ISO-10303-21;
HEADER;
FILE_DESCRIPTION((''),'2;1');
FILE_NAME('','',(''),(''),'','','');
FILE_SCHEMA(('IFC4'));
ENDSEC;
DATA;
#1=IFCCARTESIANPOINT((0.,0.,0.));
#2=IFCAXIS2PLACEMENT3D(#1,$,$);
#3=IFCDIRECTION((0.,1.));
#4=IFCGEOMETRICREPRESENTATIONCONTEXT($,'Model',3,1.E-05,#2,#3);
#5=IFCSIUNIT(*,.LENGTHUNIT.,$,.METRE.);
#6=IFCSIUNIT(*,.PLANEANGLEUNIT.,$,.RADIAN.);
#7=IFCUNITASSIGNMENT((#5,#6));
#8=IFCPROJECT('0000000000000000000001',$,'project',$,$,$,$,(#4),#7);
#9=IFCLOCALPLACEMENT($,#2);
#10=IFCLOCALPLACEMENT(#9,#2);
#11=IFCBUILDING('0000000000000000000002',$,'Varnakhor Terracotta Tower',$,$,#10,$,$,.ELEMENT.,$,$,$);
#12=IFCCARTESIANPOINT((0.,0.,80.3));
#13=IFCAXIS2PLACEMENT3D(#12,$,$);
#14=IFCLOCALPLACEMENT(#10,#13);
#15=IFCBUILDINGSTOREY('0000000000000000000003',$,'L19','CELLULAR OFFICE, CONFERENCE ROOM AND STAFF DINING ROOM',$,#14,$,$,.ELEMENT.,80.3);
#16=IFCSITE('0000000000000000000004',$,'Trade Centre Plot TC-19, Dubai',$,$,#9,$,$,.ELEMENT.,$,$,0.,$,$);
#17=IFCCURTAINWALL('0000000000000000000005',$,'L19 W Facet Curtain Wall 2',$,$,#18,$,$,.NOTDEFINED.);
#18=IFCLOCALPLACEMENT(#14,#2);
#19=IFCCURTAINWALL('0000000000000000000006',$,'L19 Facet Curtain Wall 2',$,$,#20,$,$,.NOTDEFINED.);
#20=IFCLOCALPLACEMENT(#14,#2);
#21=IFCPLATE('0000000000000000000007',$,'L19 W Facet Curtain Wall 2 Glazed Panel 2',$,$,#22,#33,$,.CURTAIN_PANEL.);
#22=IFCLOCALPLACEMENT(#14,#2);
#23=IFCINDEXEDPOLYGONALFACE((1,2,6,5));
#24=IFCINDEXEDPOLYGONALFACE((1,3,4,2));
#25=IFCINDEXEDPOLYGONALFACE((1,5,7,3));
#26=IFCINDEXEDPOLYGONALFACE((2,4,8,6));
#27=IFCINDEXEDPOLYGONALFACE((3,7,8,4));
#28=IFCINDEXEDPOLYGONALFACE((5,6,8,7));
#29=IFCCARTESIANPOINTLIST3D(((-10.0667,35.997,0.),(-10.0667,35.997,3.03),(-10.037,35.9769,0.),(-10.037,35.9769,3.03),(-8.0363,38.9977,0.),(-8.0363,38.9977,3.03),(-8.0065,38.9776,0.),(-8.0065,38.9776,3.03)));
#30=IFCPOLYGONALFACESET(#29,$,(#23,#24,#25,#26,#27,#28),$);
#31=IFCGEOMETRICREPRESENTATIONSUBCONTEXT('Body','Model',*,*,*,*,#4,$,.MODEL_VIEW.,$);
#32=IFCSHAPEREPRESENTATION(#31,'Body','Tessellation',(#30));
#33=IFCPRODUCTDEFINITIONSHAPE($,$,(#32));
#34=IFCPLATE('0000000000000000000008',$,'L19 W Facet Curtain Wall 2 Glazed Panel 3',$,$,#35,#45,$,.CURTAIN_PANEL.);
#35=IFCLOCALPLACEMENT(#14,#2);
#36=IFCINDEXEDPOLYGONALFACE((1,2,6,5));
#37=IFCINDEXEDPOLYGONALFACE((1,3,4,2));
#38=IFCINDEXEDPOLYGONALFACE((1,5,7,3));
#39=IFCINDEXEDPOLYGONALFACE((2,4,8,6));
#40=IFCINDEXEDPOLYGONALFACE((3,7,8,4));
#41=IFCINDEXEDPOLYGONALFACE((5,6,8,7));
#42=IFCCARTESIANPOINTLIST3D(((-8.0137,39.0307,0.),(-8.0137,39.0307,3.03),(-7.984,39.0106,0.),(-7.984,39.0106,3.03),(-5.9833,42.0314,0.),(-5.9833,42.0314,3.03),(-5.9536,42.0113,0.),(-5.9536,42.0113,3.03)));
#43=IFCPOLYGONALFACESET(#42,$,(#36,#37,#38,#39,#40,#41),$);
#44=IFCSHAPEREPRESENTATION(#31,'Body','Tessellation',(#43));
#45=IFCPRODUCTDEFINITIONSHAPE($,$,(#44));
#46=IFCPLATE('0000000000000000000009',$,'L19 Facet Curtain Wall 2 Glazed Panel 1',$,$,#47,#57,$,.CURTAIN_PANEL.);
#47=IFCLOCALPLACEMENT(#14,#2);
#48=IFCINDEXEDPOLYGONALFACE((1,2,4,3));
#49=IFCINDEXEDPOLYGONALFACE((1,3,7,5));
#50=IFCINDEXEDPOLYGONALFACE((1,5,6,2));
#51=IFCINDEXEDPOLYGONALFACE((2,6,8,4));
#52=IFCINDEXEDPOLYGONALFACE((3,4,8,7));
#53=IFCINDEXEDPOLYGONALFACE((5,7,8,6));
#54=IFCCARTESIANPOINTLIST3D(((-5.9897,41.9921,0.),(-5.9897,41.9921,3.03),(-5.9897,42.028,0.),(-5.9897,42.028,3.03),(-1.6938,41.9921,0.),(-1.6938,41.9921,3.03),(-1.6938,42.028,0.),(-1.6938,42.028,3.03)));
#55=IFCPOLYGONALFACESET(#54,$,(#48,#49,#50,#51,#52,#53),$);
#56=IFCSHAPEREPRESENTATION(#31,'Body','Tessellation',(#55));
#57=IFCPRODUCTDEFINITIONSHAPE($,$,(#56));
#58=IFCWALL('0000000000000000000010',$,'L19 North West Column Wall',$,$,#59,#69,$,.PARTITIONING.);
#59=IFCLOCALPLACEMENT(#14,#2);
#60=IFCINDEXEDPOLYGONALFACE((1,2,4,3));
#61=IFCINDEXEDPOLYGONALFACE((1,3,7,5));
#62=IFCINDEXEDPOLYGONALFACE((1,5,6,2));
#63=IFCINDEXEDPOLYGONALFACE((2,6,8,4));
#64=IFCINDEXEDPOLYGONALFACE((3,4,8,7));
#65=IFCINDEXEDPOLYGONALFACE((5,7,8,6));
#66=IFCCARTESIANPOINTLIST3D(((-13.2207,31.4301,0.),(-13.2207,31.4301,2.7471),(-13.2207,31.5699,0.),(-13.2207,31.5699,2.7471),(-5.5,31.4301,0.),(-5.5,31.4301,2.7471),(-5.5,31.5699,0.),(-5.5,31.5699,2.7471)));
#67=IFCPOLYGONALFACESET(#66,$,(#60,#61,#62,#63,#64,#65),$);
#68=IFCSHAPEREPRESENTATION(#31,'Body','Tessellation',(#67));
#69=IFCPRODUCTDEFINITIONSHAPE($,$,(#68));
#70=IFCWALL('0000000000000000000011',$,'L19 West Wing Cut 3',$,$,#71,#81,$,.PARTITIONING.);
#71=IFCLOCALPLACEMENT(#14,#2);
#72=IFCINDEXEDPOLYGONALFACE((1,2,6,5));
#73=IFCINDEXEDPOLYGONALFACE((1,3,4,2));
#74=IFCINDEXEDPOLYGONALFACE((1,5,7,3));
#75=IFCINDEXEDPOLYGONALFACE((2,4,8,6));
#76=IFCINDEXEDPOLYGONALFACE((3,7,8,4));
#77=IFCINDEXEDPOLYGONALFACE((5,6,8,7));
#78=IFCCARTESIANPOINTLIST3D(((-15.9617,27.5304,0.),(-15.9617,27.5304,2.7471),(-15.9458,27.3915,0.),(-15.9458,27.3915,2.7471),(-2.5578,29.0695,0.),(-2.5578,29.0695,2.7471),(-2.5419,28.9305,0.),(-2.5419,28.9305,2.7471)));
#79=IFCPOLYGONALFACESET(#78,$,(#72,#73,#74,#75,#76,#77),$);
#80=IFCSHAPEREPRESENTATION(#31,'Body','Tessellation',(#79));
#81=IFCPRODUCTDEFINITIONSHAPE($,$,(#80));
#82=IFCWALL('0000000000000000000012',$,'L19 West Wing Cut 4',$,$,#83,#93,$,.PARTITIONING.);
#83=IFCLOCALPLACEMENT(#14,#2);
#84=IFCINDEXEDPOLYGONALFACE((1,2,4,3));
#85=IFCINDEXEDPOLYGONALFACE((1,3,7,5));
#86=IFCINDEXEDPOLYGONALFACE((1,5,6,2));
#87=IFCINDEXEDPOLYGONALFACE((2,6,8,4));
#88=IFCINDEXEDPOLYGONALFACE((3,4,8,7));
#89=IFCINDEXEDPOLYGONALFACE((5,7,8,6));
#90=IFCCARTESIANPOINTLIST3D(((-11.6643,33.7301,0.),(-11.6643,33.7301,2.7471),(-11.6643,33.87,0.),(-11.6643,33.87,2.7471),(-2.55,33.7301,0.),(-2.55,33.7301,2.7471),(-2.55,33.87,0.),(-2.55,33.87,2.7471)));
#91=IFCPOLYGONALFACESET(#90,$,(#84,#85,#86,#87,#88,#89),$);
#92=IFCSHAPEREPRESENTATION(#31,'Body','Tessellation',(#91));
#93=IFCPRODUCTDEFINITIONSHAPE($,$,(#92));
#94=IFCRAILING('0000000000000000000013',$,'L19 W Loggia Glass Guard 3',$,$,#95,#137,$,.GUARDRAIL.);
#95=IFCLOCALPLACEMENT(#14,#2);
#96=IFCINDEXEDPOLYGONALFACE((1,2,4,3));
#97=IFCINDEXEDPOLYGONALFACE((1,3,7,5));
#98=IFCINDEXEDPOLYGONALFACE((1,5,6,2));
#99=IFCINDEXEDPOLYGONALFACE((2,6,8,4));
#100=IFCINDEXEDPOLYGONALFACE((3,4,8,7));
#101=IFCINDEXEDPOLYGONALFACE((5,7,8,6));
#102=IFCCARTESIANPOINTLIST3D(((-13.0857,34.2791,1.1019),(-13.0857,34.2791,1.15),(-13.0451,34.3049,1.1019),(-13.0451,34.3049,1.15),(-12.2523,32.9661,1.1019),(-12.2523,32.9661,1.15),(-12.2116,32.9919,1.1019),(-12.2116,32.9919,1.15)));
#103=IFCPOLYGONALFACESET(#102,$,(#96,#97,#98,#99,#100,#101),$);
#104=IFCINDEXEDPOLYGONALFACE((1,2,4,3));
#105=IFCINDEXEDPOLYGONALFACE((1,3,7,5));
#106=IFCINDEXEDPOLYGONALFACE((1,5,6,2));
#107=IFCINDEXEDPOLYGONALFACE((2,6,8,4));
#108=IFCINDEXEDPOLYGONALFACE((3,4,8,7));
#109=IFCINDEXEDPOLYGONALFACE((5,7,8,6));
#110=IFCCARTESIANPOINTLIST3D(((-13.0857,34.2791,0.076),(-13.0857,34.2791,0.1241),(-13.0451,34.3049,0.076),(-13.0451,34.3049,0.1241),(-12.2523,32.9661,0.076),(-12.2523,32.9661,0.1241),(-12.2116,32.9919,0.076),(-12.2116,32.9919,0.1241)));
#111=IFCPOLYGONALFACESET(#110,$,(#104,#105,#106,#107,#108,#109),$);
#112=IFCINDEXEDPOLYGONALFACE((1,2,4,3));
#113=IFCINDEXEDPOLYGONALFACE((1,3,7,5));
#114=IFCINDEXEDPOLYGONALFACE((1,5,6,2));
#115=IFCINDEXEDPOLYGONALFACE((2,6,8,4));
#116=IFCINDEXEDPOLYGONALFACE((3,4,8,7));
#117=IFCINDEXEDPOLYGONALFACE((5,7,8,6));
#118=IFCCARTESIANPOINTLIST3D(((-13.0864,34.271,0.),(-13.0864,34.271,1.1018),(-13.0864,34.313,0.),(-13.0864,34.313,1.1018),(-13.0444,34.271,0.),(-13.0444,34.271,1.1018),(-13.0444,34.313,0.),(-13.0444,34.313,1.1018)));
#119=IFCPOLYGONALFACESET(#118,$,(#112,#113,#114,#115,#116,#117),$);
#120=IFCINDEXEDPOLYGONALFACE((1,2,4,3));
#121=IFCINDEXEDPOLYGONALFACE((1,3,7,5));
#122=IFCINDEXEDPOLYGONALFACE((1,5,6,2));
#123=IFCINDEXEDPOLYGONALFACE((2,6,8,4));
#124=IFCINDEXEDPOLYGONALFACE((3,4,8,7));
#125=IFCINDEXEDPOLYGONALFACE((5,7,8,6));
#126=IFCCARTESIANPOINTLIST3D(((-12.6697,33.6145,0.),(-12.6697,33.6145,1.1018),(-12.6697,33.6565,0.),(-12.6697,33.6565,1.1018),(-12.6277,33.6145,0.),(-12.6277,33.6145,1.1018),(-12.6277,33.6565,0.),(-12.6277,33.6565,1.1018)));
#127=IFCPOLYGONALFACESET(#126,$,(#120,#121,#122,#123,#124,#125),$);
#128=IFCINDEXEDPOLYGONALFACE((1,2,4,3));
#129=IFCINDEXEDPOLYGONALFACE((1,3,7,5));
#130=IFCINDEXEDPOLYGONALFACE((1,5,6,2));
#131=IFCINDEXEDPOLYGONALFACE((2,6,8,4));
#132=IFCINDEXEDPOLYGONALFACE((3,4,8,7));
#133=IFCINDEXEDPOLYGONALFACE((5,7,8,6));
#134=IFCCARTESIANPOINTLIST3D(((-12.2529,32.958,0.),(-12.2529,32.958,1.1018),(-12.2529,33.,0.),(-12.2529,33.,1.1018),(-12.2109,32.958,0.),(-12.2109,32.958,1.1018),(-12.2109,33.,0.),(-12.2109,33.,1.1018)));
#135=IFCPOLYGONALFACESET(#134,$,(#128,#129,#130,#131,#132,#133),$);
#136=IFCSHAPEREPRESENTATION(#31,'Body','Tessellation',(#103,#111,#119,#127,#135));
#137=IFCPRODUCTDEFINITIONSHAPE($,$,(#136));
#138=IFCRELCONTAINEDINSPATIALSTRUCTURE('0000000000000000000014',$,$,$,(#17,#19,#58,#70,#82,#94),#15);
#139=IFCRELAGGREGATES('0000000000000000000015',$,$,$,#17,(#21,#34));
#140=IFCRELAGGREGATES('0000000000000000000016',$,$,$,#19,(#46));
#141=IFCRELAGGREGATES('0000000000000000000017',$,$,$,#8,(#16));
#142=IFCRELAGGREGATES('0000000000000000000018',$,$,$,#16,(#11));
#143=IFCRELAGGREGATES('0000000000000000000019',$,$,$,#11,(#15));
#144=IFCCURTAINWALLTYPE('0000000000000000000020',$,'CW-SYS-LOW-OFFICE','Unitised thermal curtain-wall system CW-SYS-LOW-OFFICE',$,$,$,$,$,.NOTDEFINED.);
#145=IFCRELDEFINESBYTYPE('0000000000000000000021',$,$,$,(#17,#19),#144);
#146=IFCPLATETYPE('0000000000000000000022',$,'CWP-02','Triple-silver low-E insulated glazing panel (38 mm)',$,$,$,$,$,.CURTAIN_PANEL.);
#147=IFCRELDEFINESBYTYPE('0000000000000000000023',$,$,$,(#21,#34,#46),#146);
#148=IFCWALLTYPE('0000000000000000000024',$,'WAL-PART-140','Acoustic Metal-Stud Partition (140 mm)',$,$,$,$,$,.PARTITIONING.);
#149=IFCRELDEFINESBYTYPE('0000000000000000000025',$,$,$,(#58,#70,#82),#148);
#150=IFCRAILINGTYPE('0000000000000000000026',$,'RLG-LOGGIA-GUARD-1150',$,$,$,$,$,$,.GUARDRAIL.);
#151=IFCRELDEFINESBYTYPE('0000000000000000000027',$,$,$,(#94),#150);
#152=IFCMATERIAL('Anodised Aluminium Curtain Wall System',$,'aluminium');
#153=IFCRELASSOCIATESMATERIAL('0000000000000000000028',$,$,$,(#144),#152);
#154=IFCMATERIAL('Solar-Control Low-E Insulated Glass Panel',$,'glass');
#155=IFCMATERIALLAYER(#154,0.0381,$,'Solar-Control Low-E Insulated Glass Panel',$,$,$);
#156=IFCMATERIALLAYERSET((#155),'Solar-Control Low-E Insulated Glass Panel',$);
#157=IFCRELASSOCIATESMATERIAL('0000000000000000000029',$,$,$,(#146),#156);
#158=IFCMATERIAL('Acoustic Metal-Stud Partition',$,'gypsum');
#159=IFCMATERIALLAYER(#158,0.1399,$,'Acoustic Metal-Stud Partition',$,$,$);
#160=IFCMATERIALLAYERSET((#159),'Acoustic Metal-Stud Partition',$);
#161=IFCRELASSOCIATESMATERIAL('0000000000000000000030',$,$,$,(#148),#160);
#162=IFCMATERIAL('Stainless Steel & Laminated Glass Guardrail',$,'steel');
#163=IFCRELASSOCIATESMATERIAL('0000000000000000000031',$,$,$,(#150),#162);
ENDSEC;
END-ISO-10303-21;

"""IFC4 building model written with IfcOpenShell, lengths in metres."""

from ifc_helpers import new_model, si_unit, direction, frame, frame_2d, origin, origin_2d, place, context, subcontext, project, spatial, rectangle, extrude, source, transform, mapped, material, layer, layer_set, type_object, element, aggregate, save


model = new_model("IFC4")

# Units and contexts
model_context = context("Model", 3, precision=1e-05, world=origin(), true_north=direction((0.0, 1.0)))
body_context = subcontext(model_context, "Body", "Model", "MODEL_VIEW")
ifc_project = project(units=[si_unit("LENGTHUNIT", "METRE"), si_unit("PLANEANGLEUNIT", "RADIAN")], contexts=[model_context])

# Site, building, storey
site_placement = place(None, origin())
site = spatial("IfcSite", under=ifc_project, at=site_placement, Name="Trade Centre Plot TC-19, Dubai", CompositionType="ELEMENT", RefElevation=0.0)
building_placement = place(site_placement, origin())
building = spatial("IfcBuilding", under=site, at=building_placement, Name="Varnakhor Terracotta Tower", CompositionType="ELEMENT")
storey_placement = place(building_placement, frame((0.0, 0.0, 80.3)))
storey = spatial("IfcBuildingStorey", under=building, at=storey_placement, Name="L19", Description="CELLULAR OFFICE, CONFERENCE ROOM AND STAFF DINING ROOM", CompositionType="ELEMENT", Elevation=80.3)

# Curtain wall
ifc_material_1 = material(Name="Anodised Aluminium Curtain Wall System", Category="aluminium")
curtain_wall_type = type_object("IfcCurtainWallType", Name="CW-SYS-LOW-OFFICE", Description="Unitised thermal curtain-wall system CW-SYS-LOW-OFFICE", PredefinedType="NOTDEFINED", material=ifc_material_1)
curtain_wall_1_placement = place(storey_placement, origin())
curtain_wall_1 = element("IfcCurtainWall", 1, at=curtain_wall_1_placement, inside=storey, type_object=curtain_wall_type, Name="L19 W Facet Curtain Wall 2", PredefinedType="NOTDEFINED")

# Curtain wall
curtain_wall_2_placement = place(storey_placement, origin())
curtain_wall_2 = element("IfcCurtainWall", 2, at=curtain_wall_2_placement, inside=storey, type_object=curtain_wall_type, Name="L19 Facet Curtain Wall 2", PredefinedType="NOTDEFINED")

# Plates
ifc_material_2 = material(Name="Solar-Control Low-E Insulated Glass Panel", Category="glass")
ifc_layer_1 = layer(ifc_material_2, 0.0381, Name="Solar-Control Low-E Insulated Glass Panel")
ifc_layer_set_1 = layer_set([ifc_layer_1], Name="Solar-Control Low-E Insulated Glass Panel")
plate_type = type_object("IfcPlateType", Name="CWP-02", Description="Triple-silver low-E insulated glazing panel (38 mm)", PredefinedType="CURTAIN_PANEL", material=ifc_layer_set_1)
shared_shape_1 = source(origin(), body_context, "Body", "SweptSolid", [
    extrude(rectangle(XDim=3.623, YDim=0.0359, at=origin_2d()), origin(), (0.0, 0.0, 1.0), 3.03),
])
plate_1_placement = place(storey_placement, frame((-9.0366, 37.4873, 0.0), z_axis=(0.0, 0.0, 1.0), x_axis=(0.560422, 0.828207, 0.0)))
plate_1 = element("IfcPlate", 3, at=plate_1_placement, type_object=plate_type, Name="L19 W Facet Curtain Wall 2 Glazed Panel 2", PredefinedType="CURTAIN_PANEL", context=body_context, shape_type="MappedRepresentation", body=[
    mapped(shared_shape_1, transform((0.0, 0.0, 0.0), scale=1.0)),
])
plate_2_placement = place(storey_placement, frame((-6.9836, 40.521, 0.0), z_axis=(0.0, 0.0, 1.0), x_axis=(0.560422, 0.828207, 0.0)))
plate_2 = element("IfcPlate", 4, at=plate_2_placement, type_object=plate_type, Name="L19 W Facet Curtain Wall 2 Glazed Panel 3", PredefinedType="CURTAIN_PANEL", context=body_context, shape_type="MappedRepresentation", body=[
    mapped(shared_shape_1, transform((0.0, 0.0, 0.0), scale=1.0)),
])
aggregate(curtain_wall_1, [plate_1, plate_2])
shared_shape_2 = source(origin(), body_context, "Body", "SweptSolid", [
    extrude(rectangle(XDim=4.2959, YDim=0.0359, at=origin_2d()), origin(), (0.0, 0.0, 1.0), 3.03),
])
plate_3_placement = place(storey_placement, frame((-3.8418, 42.01, 0.0), z_axis=(0.0, 0.0, 1.0), x_axis=(1.0, 0.0, 0.0)))
plate_3 = element("IfcPlate", 5, at=plate_3_placement, type_object=plate_type, Name="L19 Facet Curtain Wall 2 Glazed Panel 1", PredefinedType="CURTAIN_PANEL", context=body_context, shape_type="MappedRepresentation", body=[
    mapped(shared_shape_2, transform((0.0, 0.0, 0.0), scale=1.0)),
])
aggregate(curtain_wall_2, [plate_3])

# Walls
ifc_material_3 = material(Name="Acoustic Metal-Stud Partition", Category="gypsum")
ifc_layer_2 = layer(ifc_material_3, 0.1399, Name="Acoustic Metal-Stud Partition")
ifc_layer_set_2 = layer_set([ifc_layer_2], Name="Acoustic Metal-Stud Partition")
wall_type = type_object("IfcWallType", Name="WAL-PART-140", Description="Acoustic Metal-Stud Partition (140 mm)", PredefinedType="PARTITIONING", material=ifc_layer_set_2)
wall_1_placement = place(storey_placement, frame((-13.2207, 31.5, 0.0), z_axis=(0.0, 0.0, 1.0), x_axis=(1.0, 0.0, 0.0)))
element("IfcWall", 6, at=wall_1_placement, inside=storey, type_object=wall_type, Name="L19 North West Column Wall", PredefinedType="PARTITIONING", context=body_context, shape_type="SweptSolid", body=[
    extrude(rectangle(XDim=7.7207, YDim=0.1399, at=frame_2d((3.8604, 0.0))), origin(), (0.0, 0.0, 1.0), 2.7471),
])
wall_2_placement = place(storey_placement, frame((-15.9539, 27.4609, 0.0), z_axis=(0.0, 0.0, 1.0), x_axis=(0.993472, 0.114073, 0.0)))
element("IfcWall", 7, at=wall_2_placement, inside=storey, type_object=wall_type, Name="L19 West Wing Cut 3", PredefinedType="PARTITIONING", context=body_context, shape_type="SweptSolid", body=[
    extrude(rectangle(XDim=13.4919, YDim=0.1399, at=frame_2d((6.7461, 0.0))), origin(), (0.0, 0.0, 1.0), 2.7471),
])
wall_3_placement = place(storey_placement, frame((-11.6643, 33.8, 0.0), z_axis=(0.0, 0.0, 1.0), x_axis=(1.0, 0.0, 0.0)))
element("IfcWall", 8, at=wall_3_placement, inside=storey, type_object=wall_type, Name="L19 West Wing Cut 4", PredefinedType="PARTITIONING", context=body_context, shape_type="SweptSolid", body=[
    extrude(rectangle(XDim=9.1143, YDim=0.1399, at=frame_2d((4.5571, 0.0))), origin(), (0.0, 0.0, 1.0), 2.7471),
])

# Railing
ifc_material_4 = material(Name="Stainless Steel & Laminated Glass Guardrail", Category="steel")
railing_type = type_object("IfcRailingType", Name="RLG-LOGGIA-GUARD-1150", PredefinedType="GUARDRAIL", material=ifc_material_4)
railing_placement = place(storey_placement, frame((-13.0654, 34.292, 0.0)))
element("IfcRailing", 9, at=railing_placement, inside=storey, type_object=railing_type, Name="L19 W Loggia Glass Guard 3", PredefinedType="GUARDRAIL", context=body_context, shape_type="SweptSolid", body=[
    extrude(rectangle(XDim=0.0481, YDim=0.0481, at=origin_2d()), frame((0.0, 0.0, 1.126), z_axis=(0.535941, -0.844256, 0.0), x_axis=(0.844256, 0.535941, 0.0)), (0.0, 0.0, 1.0), 1.5552),
    extrude(rectangle(XDim=0.0481, YDim=0.0481, at=origin_2d()), frame((0.0, 0.0, 0.1001), z_axis=(0.535941, -0.844256, 0.0), x_axis=(0.844256, 0.535941, 0.0)), (0.0, 0.0, 1.0), 1.5552),
    extrude(rectangle(XDim=0.042, YDim=0.042, at=origin_2d()), origin(), (0.0, 0.0, 1.0), 1.1018),
    extrude(rectangle(XDim=0.042, YDim=0.042, at=origin_2d()), frame((0.4167, -0.6565, 0.0)), (0.0, 0.0, 1.0), 1.1018),
    extrude(rectangle(XDim=0.042, YDim=0.042, at=origin_2d()), frame((0.8335, -1.313, 0.0)), (0.0, 0.0, 1.0), 1.1018),
])

save(model, "model.ifc")
